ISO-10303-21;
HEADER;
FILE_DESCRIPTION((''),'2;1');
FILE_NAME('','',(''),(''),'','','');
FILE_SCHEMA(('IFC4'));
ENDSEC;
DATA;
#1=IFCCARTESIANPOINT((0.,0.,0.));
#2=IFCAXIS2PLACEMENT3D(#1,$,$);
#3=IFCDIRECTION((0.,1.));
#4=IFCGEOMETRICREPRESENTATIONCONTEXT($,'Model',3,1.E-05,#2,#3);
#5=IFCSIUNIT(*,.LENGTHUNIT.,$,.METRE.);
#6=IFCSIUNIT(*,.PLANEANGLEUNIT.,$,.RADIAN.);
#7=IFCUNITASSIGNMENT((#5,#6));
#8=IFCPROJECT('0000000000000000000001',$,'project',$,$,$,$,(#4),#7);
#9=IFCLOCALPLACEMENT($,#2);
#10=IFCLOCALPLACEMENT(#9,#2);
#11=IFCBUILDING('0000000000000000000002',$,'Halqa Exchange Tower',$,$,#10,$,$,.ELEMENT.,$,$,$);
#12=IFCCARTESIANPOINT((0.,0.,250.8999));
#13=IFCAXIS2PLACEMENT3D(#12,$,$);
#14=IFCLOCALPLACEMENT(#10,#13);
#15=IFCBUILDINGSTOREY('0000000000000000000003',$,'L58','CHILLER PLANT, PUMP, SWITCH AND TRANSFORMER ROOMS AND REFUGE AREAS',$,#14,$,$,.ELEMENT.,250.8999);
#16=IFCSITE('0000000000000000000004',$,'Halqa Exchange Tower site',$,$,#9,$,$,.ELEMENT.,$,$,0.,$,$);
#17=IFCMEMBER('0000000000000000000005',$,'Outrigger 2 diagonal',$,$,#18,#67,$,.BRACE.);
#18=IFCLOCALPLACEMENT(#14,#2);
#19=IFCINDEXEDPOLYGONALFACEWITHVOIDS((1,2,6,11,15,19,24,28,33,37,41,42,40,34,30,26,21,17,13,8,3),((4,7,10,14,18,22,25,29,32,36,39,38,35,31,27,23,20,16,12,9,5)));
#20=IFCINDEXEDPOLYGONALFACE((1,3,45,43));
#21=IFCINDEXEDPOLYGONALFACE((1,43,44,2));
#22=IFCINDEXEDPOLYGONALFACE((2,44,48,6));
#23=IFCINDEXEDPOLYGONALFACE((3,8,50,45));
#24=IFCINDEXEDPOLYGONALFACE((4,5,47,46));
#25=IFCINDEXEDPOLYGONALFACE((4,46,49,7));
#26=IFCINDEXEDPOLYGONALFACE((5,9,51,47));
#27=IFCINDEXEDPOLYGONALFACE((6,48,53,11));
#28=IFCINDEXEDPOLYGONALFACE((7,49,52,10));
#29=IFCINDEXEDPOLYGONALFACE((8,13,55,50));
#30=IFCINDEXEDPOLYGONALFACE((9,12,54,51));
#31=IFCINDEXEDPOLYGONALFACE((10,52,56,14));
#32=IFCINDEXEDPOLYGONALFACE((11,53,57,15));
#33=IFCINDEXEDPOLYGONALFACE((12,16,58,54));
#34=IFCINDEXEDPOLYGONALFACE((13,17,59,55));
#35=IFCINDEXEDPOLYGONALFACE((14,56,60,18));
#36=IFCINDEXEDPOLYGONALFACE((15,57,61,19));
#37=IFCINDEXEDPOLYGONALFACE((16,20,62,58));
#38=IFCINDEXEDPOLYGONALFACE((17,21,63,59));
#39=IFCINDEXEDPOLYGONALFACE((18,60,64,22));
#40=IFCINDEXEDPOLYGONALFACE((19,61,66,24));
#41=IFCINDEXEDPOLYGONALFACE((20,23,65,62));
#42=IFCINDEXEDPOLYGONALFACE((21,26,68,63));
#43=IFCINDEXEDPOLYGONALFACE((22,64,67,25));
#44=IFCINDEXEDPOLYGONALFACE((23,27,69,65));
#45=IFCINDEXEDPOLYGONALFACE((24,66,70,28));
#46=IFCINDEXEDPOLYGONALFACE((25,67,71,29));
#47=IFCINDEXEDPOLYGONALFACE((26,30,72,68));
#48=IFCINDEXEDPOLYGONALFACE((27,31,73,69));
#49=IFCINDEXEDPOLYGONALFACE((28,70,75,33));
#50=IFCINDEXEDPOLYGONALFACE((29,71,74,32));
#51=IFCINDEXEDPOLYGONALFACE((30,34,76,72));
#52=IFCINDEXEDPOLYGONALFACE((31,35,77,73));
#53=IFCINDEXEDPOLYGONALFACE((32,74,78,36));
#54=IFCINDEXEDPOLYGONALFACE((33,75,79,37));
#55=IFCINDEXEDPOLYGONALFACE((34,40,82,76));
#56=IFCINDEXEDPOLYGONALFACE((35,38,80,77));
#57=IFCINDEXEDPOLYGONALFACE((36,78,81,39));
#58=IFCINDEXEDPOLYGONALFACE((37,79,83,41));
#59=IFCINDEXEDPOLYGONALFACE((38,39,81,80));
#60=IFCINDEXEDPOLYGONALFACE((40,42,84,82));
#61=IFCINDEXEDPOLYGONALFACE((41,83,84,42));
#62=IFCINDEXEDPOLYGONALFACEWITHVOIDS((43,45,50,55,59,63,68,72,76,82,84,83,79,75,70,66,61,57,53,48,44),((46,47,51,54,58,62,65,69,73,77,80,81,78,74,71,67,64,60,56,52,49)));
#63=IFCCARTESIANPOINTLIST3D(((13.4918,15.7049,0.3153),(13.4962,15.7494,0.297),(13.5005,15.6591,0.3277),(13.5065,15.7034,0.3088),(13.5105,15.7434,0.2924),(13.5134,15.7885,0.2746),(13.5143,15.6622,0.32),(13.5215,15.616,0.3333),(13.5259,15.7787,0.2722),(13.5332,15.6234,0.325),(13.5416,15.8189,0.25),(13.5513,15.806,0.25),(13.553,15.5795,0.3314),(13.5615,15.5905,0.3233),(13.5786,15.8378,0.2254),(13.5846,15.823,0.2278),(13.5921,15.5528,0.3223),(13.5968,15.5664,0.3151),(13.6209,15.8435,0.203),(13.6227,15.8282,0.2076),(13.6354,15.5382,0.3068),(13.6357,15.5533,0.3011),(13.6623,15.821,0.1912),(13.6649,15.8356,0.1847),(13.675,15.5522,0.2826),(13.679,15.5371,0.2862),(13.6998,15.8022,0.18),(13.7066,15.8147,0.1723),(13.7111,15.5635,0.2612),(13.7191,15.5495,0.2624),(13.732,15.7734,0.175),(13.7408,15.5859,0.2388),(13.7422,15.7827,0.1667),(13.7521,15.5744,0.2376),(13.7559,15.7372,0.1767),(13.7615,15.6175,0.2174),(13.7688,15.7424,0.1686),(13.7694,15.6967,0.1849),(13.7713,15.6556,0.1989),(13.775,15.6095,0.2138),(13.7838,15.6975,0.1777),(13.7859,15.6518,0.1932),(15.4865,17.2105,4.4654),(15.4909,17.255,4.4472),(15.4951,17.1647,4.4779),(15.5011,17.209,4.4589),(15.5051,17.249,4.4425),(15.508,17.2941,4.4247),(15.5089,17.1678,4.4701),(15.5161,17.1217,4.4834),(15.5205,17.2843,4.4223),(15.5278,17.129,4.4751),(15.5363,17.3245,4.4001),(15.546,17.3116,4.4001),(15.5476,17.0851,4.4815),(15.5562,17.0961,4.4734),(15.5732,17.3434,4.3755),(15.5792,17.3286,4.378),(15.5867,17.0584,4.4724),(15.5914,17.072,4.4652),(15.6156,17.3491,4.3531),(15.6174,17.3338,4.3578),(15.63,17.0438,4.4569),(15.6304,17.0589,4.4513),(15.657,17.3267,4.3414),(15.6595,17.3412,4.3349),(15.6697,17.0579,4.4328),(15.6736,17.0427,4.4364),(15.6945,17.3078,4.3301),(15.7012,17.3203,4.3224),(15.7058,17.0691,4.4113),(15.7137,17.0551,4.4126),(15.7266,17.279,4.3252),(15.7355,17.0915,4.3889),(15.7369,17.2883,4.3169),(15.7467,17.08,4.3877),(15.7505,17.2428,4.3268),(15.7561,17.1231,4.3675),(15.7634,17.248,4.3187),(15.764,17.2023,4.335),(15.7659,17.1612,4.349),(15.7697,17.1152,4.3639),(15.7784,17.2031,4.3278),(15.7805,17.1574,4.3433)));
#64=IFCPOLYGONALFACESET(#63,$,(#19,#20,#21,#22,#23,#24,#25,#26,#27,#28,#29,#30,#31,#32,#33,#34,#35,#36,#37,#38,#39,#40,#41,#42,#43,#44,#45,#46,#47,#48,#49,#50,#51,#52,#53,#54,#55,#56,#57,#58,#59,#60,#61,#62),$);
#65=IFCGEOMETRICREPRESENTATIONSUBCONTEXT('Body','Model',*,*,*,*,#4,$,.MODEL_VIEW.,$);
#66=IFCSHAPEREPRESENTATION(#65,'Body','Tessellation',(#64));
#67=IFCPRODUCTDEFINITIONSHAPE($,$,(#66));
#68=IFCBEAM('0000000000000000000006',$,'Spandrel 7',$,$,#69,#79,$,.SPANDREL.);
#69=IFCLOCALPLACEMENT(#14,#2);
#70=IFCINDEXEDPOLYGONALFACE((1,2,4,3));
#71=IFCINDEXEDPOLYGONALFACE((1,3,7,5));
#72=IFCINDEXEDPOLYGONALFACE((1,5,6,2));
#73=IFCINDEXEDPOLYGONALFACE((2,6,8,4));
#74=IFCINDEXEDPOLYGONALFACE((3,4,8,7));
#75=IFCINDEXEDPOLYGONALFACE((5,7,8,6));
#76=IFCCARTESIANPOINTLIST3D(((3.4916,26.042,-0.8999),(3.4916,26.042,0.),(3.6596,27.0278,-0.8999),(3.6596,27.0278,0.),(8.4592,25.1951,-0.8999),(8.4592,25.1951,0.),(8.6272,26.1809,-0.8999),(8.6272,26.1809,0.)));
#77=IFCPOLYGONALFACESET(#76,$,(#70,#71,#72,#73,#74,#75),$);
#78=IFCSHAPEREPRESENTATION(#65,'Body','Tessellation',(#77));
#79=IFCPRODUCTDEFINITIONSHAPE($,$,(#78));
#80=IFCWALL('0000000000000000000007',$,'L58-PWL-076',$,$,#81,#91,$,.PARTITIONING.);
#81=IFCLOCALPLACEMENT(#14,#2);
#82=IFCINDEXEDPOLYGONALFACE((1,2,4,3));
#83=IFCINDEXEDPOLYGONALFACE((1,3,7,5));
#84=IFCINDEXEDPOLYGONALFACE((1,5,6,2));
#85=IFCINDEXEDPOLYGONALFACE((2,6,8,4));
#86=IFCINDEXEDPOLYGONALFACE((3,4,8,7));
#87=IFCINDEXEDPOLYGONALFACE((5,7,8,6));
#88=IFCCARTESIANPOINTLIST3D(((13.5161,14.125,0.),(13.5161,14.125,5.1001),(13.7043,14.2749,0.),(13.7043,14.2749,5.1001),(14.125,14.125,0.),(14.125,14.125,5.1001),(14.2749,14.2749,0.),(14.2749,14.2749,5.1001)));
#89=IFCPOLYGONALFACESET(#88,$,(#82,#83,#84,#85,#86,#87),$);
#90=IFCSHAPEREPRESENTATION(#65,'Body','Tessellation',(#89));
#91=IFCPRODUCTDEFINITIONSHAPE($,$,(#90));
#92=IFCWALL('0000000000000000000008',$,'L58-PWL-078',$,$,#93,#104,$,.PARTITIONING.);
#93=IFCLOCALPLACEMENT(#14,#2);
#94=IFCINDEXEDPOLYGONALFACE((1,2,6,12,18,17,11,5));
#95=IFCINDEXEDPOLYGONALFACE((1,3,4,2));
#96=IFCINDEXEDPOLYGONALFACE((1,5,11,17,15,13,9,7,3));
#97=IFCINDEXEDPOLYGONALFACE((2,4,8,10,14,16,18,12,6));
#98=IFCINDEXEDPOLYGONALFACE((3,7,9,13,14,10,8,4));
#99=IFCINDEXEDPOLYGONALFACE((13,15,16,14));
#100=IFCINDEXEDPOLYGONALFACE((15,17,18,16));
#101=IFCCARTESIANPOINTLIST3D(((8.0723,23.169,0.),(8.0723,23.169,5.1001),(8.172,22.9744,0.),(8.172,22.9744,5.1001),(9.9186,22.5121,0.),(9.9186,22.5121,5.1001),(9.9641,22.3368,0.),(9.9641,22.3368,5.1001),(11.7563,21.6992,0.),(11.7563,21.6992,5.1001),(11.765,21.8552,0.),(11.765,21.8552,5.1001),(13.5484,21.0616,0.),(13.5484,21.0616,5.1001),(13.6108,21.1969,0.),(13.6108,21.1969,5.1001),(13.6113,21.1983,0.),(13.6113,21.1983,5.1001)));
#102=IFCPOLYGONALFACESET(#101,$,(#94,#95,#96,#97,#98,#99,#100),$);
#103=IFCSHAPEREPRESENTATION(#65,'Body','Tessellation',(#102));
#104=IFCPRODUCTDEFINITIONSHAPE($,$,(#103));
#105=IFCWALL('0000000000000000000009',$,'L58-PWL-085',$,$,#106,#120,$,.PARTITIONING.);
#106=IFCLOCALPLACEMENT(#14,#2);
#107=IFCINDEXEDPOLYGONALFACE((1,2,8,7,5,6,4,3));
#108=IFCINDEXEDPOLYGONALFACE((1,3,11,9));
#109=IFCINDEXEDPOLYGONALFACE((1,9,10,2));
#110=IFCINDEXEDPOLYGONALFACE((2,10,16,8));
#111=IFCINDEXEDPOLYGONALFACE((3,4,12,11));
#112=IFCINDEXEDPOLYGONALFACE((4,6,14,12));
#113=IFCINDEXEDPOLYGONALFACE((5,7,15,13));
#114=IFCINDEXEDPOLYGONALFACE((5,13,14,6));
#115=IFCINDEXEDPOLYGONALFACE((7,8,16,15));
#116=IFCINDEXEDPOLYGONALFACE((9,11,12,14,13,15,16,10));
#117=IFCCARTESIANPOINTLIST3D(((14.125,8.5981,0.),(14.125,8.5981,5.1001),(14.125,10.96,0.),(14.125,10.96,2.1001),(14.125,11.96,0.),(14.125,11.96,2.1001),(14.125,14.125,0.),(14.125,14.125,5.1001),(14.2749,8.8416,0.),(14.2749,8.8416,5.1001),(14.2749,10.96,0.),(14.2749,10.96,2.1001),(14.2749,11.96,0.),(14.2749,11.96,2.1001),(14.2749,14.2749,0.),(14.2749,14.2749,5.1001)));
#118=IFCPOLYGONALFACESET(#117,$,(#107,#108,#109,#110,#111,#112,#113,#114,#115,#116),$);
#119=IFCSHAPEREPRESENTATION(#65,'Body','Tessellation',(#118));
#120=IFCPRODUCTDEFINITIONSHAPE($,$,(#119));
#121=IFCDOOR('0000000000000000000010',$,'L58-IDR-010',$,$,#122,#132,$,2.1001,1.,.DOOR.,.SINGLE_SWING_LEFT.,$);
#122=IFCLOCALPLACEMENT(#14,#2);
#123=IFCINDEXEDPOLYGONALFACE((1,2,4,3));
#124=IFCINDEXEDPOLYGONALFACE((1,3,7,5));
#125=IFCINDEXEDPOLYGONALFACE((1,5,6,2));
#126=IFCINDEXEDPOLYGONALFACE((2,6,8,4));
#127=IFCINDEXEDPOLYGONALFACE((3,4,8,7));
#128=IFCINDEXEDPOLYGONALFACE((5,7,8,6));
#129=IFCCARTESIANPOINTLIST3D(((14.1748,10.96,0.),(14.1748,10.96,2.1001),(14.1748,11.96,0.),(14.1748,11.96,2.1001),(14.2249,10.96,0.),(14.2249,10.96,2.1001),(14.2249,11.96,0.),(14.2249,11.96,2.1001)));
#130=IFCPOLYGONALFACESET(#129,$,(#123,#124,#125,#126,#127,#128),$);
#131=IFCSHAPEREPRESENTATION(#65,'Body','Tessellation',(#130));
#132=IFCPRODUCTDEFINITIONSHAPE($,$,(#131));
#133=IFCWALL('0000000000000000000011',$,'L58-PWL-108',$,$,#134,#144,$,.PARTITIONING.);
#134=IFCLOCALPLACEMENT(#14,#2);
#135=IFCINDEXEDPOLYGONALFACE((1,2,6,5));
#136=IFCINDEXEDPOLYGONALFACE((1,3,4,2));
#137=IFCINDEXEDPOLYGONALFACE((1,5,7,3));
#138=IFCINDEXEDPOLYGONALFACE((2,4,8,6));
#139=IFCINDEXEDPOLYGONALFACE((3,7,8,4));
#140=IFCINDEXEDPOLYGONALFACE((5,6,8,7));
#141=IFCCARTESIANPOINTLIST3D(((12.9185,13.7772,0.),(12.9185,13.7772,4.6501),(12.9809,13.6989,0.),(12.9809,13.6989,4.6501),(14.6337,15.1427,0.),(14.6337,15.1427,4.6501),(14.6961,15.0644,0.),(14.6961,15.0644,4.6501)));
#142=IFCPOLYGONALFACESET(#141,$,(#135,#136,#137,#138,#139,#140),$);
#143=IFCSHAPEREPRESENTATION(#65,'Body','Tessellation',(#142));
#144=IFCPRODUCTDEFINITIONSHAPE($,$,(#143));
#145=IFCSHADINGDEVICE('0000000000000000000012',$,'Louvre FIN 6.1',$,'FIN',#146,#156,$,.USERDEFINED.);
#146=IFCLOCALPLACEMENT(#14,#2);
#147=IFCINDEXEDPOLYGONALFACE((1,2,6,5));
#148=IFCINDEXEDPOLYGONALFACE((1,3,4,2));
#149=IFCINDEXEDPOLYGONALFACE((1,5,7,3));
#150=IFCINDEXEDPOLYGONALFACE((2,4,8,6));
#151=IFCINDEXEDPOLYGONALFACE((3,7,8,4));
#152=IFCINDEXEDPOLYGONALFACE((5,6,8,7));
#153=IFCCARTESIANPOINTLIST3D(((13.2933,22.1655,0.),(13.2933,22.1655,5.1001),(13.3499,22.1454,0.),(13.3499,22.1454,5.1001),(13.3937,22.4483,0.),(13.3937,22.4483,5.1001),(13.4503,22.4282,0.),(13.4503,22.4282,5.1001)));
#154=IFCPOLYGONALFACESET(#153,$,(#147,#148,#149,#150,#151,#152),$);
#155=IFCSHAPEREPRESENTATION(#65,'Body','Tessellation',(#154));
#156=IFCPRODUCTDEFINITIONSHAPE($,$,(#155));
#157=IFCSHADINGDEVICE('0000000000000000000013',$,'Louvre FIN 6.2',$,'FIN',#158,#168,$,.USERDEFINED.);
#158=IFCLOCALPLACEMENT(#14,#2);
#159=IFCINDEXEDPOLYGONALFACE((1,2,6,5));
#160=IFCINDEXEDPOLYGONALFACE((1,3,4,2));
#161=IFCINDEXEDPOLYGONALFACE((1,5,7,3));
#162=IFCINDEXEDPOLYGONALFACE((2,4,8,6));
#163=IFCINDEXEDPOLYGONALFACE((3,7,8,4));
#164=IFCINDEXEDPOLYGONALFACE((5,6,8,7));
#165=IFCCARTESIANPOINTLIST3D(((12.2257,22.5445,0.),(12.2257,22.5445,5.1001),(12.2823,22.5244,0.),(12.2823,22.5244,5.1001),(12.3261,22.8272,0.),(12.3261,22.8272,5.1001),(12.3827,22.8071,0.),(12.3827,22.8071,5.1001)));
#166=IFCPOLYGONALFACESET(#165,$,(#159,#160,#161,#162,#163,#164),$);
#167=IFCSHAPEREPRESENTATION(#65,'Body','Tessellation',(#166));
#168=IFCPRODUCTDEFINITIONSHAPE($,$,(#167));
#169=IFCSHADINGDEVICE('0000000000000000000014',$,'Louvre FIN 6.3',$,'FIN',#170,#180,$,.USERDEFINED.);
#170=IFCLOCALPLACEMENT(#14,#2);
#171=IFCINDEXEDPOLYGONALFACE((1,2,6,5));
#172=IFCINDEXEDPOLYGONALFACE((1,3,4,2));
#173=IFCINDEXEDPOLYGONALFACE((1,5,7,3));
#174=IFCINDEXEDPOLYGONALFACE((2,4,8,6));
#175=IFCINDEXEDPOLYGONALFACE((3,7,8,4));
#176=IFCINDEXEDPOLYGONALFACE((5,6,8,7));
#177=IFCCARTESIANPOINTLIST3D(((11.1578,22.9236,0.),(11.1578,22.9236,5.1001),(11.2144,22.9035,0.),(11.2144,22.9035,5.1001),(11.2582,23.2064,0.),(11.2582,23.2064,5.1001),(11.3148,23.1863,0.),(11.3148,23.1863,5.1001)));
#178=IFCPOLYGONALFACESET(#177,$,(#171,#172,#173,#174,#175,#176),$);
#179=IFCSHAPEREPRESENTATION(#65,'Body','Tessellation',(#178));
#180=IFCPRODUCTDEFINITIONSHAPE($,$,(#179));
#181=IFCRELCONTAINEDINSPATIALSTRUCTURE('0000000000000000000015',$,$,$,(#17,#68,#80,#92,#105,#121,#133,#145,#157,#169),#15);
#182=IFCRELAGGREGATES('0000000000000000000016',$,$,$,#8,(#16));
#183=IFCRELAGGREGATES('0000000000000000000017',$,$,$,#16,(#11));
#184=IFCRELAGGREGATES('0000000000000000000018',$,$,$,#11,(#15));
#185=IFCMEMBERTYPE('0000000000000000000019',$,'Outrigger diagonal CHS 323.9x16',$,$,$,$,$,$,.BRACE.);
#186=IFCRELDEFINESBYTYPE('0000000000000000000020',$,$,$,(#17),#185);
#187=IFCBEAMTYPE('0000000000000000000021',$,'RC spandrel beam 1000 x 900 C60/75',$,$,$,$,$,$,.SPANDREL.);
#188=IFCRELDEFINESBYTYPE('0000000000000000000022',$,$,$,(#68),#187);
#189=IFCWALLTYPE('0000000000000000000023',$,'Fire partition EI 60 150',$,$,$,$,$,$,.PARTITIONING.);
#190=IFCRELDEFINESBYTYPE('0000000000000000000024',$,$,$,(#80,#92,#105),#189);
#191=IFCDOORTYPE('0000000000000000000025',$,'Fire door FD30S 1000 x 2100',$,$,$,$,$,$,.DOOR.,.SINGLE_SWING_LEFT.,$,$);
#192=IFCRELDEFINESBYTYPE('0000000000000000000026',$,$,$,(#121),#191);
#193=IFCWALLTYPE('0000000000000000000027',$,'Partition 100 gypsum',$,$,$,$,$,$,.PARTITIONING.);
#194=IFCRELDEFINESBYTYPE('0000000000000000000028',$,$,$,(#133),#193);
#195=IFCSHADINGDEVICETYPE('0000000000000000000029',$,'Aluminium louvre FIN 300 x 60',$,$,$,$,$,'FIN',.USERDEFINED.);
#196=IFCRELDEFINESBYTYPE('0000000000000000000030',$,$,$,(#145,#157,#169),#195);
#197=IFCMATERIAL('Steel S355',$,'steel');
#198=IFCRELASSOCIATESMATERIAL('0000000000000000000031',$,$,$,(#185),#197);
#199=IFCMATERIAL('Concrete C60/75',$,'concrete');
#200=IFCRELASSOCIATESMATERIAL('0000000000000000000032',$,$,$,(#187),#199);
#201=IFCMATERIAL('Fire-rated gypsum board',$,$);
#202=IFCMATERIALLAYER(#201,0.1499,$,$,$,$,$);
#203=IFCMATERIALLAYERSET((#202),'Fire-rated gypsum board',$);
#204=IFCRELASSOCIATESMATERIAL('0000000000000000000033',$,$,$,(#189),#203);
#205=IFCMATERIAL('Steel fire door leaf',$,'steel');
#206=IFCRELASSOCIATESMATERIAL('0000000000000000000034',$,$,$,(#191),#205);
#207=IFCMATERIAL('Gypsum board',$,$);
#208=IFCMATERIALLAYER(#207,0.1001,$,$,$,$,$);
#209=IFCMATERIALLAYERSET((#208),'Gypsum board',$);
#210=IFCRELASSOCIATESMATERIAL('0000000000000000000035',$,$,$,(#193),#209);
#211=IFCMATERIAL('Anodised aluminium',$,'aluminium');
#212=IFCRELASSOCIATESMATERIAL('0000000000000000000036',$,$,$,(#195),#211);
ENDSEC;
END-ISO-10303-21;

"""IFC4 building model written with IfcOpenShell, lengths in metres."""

from ifc_helpers import new_model, si_unit, direction, frame, frame_2d, origin, origin_2d, place, context, subcontext, project, spatial, polyline, rectangle, hollow_circle, outline, extrude, material, layer, layer_set, material_profile, profile_set, type_object, element, fill, save


model = new_model("IFC4")

# Units and contexts
model_context = context("Model", 3, precision=1e-05, world=origin(), true_north=direction((0.0, 1.0)))
body_context = subcontext(model_context, "Body", "Model", "MODEL_VIEW")
ifc_project = project(units=[si_unit("LENGTHUNIT", "METRE"), si_unit("PLANEANGLEUNIT", "RADIAN")], contexts=[model_context])

# Site, building, storey
site_placement = place(None, origin())
site = spatial("IfcSite", under=ifc_project, at=site_placement, Name="Halqa Exchange Tower site", CompositionType="ELEMENT", RefElevation=0.0)
building_placement = place(site_placement, origin())
building = spatial("IfcBuilding", under=site, at=building_placement, Name="Halqa Exchange Tower", CompositionType="ELEMENT")
storey_placement = place(building_placement, frame((0.0, 0.0, 250.8999)))
storey = spatial("IfcBuildingStorey", under=building, at=storey_placement, Name="L58", Description="CHILLER PLANT, PUMP, SWITCH AND TRANSFORMER ROOMS AND REFUGE AREAS", CompositionType="ELEMENT", Elevation=250.8999)

# Shared definitions
ifc_material_1 = material(Name="Concrete C60/75", Category="concrete")

# Member
ifc_material_2 = material(Name="Steel S355", Category="steel")
ifc_material_profile_1 = material_profile(ifc_material_2, hollow_circle(Radius=0.1619, WallThickness=0.0161, at=origin_2d()), Name="CHS 323.9x16")
ifc_profile_set_1 = profile_set([ifc_material_profile_1], Name="Steel S355")
member_type_1 = type_object("IfcMemberType", Name="Outrigger diagonal CHS 323.9x16", PredefinedType="BRACE", material=ifc_profile_set_1)
member_1_placement = place(storey_placement, frame((13.6392, 15.6897, 0.25), z_axis=(0.411731, 0.310789, 0.856673), x_axis=(-0.602467, 0.798144, 0.0)))
element("IfcMember", 1, at=member_1_placement, inside=storey, type_object=member_type_1, Name="Outrigger 2 diagonal", PredefinedType="BRACE", context=body_context, shape_type="SweptSolid", body=[
    extrude(hollow_circle(Radius=0.1619, WallThickness=0.0161, at=origin_2d()), origin(), (0.0, 0.0, 1.0), 4.8445),
])

# Beam
ifc_material_profile_2 = material_profile(ifc_material_1, rectangle(XDim=1.0, YDim=0.8999, at=origin_2d()), Name="1000 x 900")
ifc_profile_set_2 = profile_set([ifc_material_profile_2], Name="Concrete C60/75")
beam_type = type_object("IfcBeamType", Name="RC spandrel beam 1000 x 900 C60/75", PredefinedType="SPANDREL", material=ifc_profile_set_2)
beam_placement = place(storey_placement, frame((8.5432, 25.688, -0.45), z_axis=(-0.985776, 0.168067, 0.0), x_axis=(-0.168067, -0.985776, 0.0)))
element("IfcBeam", 2, at=beam_placement, inside=storey, type_object=beam_type, Name="Spandrel 7", PredefinedType="SPANDREL", context=body_context, shape_type="SweptSolid", body=[
    extrude(rectangle(XDim=1.0, YDim=0.8999, at=origin_2d()), origin(), (0.0, 0.0, 1.0), 5.0393),
])

# Walls
ifc_material_3 = material(Name="Fire-rated gypsum board")
ifc_layer_1 = layer(ifc_material_3, 0.1499)
ifc_layer_set_1 = layer_set([ifc_layer_1], Name="Fire-rated gypsum board")
wall_type_1 = type_object("IfcWallType", Name="Fire partition EI 60 150", PredefinedType="PARTITIONING", material=ifc_layer_set_1)
wall_1_placement = place(storey_placement, frame((13.5161, 14.2, 0.0), z_axis=(0.0, 0.0, 1.0), x_axis=(1.0, 0.0, 0.0)))
element("IfcWall", 3, at=wall_1_placement, inside=storey, type_object=wall_type_1, Name="L58-PWL-076", PredefinedType="PARTITIONING", context=body_context, shape_type="SweptSolid", body=[
    extrude(outline(polyline([(0.0, -0.075), (0.6089, -0.075), (0.7588, 0.075), (0.1882, 0.075), (0.0, -0.075), (0.0, -0.075)])), origin(), (0.0, 0.0, 1.0), 5.1001),
])
wall_2_placement = place(storey_placement, frame((13.5862, 21.1277, 0.0), z_axis=(0.0, 0.0, 1.0), x_axis=(-0.942147, 0.3352, 0.0)))
element("IfcWall", 4, at=wall_2_placement, inside=storey, type_object=wall_type_1, Name="L58-PWL-078", PredefinedType="PARTITIONING", context=body_context, shape_type="SweptSolid", body=[
    extrude(outline(polyline([(5.8792, -0.075), (5.8792, -0.075), (5.72, 0.075), (3.8179, 0.075), (1.9155, 0.075), (0.0134, 0.075), (0.0, -0.0735), (0.0, -0.075), (1.9597, -0.075), (3.9194, -0.075), (5.8792, -0.075)])), origin(), (0.0, 0.0, 1.0), 5.1001),
])

# Wall, opening, door
wall_3_placement = place(storey_placement, frame((14.2, 14.2749, 0.0), z_axis=(0.0, 0.0, 1.0), x_axis=(0.0, -1.0, 0.0)))
wall_3 = element("IfcWall", 5, at=wall_3_placement, inside=storey, type_object=wall_type_1, Name="L58-PWL-085", PredefinedType="PARTITIONING", context=body_context, shape_type="SweptSolid", body=[
    extrude(outline(polyline([(0.1499, -0.075), (1.9922, -0.075), (3.8345, -0.075), (5.6768, -0.075), (5.4333, 0.075), (3.6221, 0.075), (1.811, 0.075), (0.0, 0.075), (0.1499, -0.075)])), origin(), (0.0, 0.0, 1.0), 5.1001),
])
opening_placement = place(wall_3_placement, frame((2.3149, 0.0, 0.0)))
opening = element("IfcOpeningElement", 6, at=opening_placement, cuts=wall_3, PredefinedType="OPENING", context=body_context, shape_type="SweptSolid", body=[
    extrude(rectangle(XDim=1.0, YDim=2.1001, at=frame_2d((0.5, 1.05))), frame((0.0, 0.0869, 0.0), z_axis=(0.0, -1.0, 0.0), x_axis=(1.0, 0.0, 0.0)), (0.0, 0.0, 1.0), 0.1738),
])
ifc_material_4 = material(Name="Steel fire door leaf", Category="steel")
door_type = type_object("IfcDoorType", Name="Fire door FD30S 1000 x 2100", OperationType="SINGLE_SWING_LEFT", PredefinedType="DOOR", material=ifc_material_4)
door_placement = place(opening_placement, origin())
door = element("IfcDoor", 7, at=door_placement, inside=storey, type_object=door_type, Name="L58-IDR-010", OperationType="SINGLE_SWING_LEFT", OverallHeight=2.1001, OverallWidth=1.0, PredefinedType="DOOR", context=body_context, shape_type="SweptSolid", body=[
    extrude(rectangle(XDim=1.0, YDim=2.1001, at=frame_2d((0.5, 1.05))), frame((0.0, 0.0249, 0.0), z_axis=(0.0, -1.0, 0.0), x_axis=(1.0, 0.0, 0.0)), (0.0, 0.0, 1.0), 0.05),
])
fill(opening, door)

# Wall
ifc_material_5 = material(Name="Gypsum board")
ifc_layer_2 = layer(ifc_material_5, 0.1001)
ifc_layer_set_2 = layer_set([ifc_layer_2], Name="Gypsum board")
wall_type_2 = type_object("IfcWallType", Name="Partition 100 gypsum", PredefinedType="PARTITIONING", material=ifc_layer_set_2)
wall_4_placement = place(storey_placement, frame((12.9497, 13.738, 0.0), z_axis=(0.0, 0.0, 1.0), x_axis=(0.782333, 0.62286, 0.0)))
element("IfcWall", 8, at=wall_4_placement, inside=storey, type_object=wall_type_2, Name="L58-PWL-108", PredefinedType="PARTITIONING", context=body_context, shape_type="SweptSolid", body=[
    extrude(outline(polyline([(0.0, 0.05), (0.0, -0.05), (2.1924, -0.05), (2.1924, 0.05), (0.0, 0.05)])), origin(), (0.0, 0.0, 1.0), 4.6501),
])

# Shading devices
ifc_material_6 = material(Name="Anodised aluminium", Category="aluminium")
ifc_material_profile_3 = material_profile(ifc_material_6, rectangle(XDim=0.3, YDim=0.0601, at=origin_2d()), Name="AL FIN 300x60")
ifc_profile_set_3 = profile_set([ifc_material_profile_3], Name="Anodised aluminium")
shading_device_type = type_object("IfcShadingDeviceType", Name="Aluminium louvre FIN 300 x 60", ElementType="FIN", PredefinedType="USERDEFINED", material=ifc_profile_set_3)
for number, where, z_axis, x_axis, name in (
    (9, (13.3718, 22.2969, 0.0), (0.0, 0.0, 1.0), (-0.334578, -0.942368, 0.0), "Louvre FIN 6.1"),
    (10, (12.3042, 22.6758, 0.0), (0.0, 0.0, 1.0), (-0.334578, -0.942368, 0.0), "Louvre FIN 6.2"),
    (11, (11.2363, 23.0549, 0.0), (0.0, 0.0, 1.0), (-0.334578, -0.942368, 0.0), "Louvre FIN 6.3"),
):
    element("IfcShadingDevice", number, at=place(storey_placement, frame(where, z_axis=z_axis, x_axis=x_axis)), inside=storey, type_object=shading_device_type, Name=name, ObjectType="FIN", PredefinedType="USERDEFINED", context=body_context, shape_type="SweptSolid", body=[
        extrude(rectangle(XDim=0.3, YDim=0.0601, at=origin_2d()), origin(), (0.0, 0.0, 1.0), 5.1001),
    ])

save(model, "model.ifc")
